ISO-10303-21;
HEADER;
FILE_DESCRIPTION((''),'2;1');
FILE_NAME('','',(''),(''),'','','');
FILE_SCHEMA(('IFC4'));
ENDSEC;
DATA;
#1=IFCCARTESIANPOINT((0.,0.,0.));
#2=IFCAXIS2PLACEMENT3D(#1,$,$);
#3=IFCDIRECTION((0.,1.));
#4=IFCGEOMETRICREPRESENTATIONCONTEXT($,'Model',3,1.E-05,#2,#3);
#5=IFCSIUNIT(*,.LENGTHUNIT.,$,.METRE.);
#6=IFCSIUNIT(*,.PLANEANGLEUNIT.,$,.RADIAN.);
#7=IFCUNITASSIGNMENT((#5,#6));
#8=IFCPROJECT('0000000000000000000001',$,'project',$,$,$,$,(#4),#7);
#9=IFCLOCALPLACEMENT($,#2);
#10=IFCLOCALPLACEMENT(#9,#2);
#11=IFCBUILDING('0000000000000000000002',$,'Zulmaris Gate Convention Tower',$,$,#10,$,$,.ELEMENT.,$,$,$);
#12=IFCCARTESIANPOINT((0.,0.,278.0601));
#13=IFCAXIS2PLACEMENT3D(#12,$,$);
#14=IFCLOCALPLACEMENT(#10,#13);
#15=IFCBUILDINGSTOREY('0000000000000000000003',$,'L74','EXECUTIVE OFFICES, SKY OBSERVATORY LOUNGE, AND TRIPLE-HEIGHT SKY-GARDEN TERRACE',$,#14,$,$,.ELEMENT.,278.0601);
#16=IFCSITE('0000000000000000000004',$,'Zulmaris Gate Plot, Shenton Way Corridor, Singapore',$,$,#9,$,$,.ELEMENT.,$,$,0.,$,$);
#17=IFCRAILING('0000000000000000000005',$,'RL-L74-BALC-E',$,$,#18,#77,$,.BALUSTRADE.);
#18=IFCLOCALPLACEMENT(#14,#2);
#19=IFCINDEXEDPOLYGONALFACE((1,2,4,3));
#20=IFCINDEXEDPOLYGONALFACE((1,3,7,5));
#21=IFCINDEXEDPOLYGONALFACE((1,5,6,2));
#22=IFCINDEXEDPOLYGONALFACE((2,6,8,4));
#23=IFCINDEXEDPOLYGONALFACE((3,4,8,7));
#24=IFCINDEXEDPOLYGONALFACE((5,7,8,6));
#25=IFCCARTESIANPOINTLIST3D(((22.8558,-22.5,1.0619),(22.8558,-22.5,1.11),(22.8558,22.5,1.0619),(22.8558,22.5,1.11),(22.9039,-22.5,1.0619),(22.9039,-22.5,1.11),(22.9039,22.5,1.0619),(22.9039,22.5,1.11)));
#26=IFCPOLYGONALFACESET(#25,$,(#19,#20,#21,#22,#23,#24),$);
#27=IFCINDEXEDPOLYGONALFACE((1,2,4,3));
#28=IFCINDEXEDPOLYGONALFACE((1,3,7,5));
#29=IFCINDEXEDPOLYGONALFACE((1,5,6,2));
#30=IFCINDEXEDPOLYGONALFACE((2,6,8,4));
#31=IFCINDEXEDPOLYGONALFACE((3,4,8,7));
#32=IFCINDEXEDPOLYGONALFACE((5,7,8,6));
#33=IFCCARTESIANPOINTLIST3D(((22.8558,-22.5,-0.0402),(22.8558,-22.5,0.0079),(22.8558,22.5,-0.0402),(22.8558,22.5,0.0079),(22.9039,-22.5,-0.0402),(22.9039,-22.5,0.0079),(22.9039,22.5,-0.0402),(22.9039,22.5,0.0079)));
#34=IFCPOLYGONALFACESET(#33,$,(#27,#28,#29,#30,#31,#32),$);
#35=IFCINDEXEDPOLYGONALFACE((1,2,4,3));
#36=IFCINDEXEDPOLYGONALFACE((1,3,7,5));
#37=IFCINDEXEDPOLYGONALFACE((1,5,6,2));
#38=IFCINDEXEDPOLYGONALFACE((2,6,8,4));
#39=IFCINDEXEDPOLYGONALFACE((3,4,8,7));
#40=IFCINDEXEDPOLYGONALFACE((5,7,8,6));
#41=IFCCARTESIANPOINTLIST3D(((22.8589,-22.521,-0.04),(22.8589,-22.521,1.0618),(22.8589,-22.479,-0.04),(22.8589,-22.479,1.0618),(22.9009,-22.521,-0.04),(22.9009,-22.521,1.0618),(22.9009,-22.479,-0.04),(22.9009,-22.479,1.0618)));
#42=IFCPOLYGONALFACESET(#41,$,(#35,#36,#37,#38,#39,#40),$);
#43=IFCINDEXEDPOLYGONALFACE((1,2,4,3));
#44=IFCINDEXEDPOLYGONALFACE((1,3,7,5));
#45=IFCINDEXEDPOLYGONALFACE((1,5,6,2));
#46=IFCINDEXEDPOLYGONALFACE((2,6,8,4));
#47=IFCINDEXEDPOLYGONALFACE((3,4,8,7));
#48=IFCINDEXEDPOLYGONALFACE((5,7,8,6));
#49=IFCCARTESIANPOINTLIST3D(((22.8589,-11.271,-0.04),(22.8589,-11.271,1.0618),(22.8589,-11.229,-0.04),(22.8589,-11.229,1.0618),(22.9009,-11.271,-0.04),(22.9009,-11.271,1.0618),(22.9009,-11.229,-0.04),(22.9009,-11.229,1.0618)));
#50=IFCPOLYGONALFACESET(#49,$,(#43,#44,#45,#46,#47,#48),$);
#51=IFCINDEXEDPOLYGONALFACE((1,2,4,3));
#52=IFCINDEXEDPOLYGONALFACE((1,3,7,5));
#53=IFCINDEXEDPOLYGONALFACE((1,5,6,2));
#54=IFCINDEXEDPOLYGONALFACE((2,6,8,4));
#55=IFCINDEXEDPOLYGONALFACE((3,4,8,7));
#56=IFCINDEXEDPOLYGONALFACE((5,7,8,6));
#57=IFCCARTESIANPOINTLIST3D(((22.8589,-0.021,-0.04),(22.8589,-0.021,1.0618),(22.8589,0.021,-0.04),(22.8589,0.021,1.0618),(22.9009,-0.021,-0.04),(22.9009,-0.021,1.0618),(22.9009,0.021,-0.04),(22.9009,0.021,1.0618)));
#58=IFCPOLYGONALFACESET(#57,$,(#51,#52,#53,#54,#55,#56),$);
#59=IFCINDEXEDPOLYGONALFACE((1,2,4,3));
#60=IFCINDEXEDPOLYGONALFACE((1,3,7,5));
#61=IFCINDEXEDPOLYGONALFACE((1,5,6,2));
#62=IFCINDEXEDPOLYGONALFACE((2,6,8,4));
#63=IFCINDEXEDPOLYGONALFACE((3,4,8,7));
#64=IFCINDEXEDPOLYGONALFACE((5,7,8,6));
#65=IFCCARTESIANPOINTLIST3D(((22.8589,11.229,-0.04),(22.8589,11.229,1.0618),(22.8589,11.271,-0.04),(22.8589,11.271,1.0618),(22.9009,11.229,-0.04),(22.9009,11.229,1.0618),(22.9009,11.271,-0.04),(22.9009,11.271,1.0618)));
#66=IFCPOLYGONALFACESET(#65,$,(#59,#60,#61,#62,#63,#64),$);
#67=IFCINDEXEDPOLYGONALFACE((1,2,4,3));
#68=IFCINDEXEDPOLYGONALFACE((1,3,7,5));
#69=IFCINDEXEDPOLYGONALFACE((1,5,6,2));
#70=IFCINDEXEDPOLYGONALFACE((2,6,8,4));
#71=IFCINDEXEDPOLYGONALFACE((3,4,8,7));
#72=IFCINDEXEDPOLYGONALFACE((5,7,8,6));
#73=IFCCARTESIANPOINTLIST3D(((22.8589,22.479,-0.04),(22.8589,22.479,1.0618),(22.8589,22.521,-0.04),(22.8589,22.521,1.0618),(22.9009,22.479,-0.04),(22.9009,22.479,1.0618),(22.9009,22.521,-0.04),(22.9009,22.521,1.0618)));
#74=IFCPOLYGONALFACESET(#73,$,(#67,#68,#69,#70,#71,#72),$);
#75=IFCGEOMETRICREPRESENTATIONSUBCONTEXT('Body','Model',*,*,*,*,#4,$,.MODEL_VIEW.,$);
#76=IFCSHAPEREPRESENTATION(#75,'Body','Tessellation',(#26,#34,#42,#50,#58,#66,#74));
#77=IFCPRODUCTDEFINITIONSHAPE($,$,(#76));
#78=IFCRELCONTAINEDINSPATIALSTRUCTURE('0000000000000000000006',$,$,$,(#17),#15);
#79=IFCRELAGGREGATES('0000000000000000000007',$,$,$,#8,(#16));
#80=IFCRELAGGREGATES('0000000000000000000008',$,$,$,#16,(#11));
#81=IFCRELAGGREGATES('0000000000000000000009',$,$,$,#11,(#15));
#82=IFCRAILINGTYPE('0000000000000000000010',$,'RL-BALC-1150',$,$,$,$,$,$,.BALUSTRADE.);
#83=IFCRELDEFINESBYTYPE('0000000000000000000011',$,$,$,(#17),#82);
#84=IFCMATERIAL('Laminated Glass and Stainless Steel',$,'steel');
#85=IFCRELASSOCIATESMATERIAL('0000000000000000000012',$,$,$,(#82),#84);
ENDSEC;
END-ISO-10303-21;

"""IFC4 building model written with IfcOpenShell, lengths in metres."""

from ifc_helpers import new_model, si_unit, direction, frame, origin, origin_2d, place, context, subcontext, project, spatial, rectangle, extrude, material, type_object, element, save


model = new_model("IFC4")

# Units and contexts
model_context = context("Model", 3, precision=1e-05, world=origin(), true_north=direction((0.0, 1.0)))
body_context = subcontext(model_context, "Body", "Model", "MODEL_VIEW")
ifc_project = project(units=[si_unit("LENGTHUNIT", "METRE"), si_unit("PLANEANGLEUNIT", "RADIAN")], contexts=[model_context])

# Site, building, storey
site_placement = place(None, origin())
site = spatial("IfcSite", under=ifc_project, at=site_placement, Name="Zulmaris Gate Plot, Shenton Way Corridor, Singapore", CompositionType="ELEMENT", RefElevation=0.0)
building_placement = place(site_placement, origin())
building = spatial("IfcBuilding", under=site, at=building_placement, Name="Zulmaris Gate Convention Tower", CompositionType="ELEMENT")
storey_placement = place(building_placement, frame((0.0, 0.0, 278.0601)))
storey = spatial("IfcBuildingStorey", under=building, at=storey_placement, Name="L74", Description="EXECUTIVE OFFICES, SKY OBSERVATORY LOUNGE, AND TRIPLE-HEIGHT SKY-GARDEN TERRACE", CompositionType="ELEMENT", Elevation=278.0601)

# Railing
ifc_material_1 = material(Name="Laminated Glass and Stainless Steel", Category="steel")
railing_type = type_object("IfcRailingType", Name="RL-BALC-1150", PredefinedType="BALUSTRADE", material=ifc_material_1)
railing_placement = place(storey_placement, frame((22.8799, -22.5, -0.04)))
element("IfcRailing", 1, at=railing_placement, inside=storey, type_object=railing_type, Name="RL-L74-BALC-E", PredefinedType="BALUSTRADE", context=body_context, shape_type="SweptSolid", body=[
    extrude(rectangle(XDim=0.0481, YDim=0.0481, at=origin_2d()), frame((0.0, 0.0, 1.126), z_axis=(0.0, 1.0, 0.0), x_axis=(-1.0, 0.0, 0.0)), (0.0, 0.0, 1.0), 45.0),
    extrude(rectangle(XDim=0.0481, YDim=0.0481, at=origin_2d()), frame((0.0, 0.0, 0.0239), z_axis=(0.0, 1.0, 0.0), x_axis=(-1.0, 0.0, 0.0)), (0.0, 0.0, 1.0), 45.0),
    extrude(rectangle(XDim=0.042, YDim=0.042, at=origin_2d()), origin(), (0.0, 0.0, 1.0), 1.1018),
    extrude(rectangle(XDim=0.042, YDim=0.042, at=origin_2d()), frame((0.0, 11.25, 0.0)), (0.0, 0.0, 1.0), 1.1018),
    extrude(rectangle(XDim=0.042, YDim=0.042, at=origin_2d()), frame((0.0, 22.5, 0.0)), (0.0, 0.0, 1.0), 1.1018),
    extrude(rectangle(XDim=0.042, YDim=0.042, at=origin_2d()), frame((0.0, 33.75, 0.0)), (0.0, 0.0, 1.0), 1.1018),
    extrude(rectangle(XDim=0.042, YDim=0.042, at=origin_2d()), frame((0.0, 45.0, 0.0)), (0.0, 0.0, 1.0), 1.1018),
])

save(model, "model.ifc")
